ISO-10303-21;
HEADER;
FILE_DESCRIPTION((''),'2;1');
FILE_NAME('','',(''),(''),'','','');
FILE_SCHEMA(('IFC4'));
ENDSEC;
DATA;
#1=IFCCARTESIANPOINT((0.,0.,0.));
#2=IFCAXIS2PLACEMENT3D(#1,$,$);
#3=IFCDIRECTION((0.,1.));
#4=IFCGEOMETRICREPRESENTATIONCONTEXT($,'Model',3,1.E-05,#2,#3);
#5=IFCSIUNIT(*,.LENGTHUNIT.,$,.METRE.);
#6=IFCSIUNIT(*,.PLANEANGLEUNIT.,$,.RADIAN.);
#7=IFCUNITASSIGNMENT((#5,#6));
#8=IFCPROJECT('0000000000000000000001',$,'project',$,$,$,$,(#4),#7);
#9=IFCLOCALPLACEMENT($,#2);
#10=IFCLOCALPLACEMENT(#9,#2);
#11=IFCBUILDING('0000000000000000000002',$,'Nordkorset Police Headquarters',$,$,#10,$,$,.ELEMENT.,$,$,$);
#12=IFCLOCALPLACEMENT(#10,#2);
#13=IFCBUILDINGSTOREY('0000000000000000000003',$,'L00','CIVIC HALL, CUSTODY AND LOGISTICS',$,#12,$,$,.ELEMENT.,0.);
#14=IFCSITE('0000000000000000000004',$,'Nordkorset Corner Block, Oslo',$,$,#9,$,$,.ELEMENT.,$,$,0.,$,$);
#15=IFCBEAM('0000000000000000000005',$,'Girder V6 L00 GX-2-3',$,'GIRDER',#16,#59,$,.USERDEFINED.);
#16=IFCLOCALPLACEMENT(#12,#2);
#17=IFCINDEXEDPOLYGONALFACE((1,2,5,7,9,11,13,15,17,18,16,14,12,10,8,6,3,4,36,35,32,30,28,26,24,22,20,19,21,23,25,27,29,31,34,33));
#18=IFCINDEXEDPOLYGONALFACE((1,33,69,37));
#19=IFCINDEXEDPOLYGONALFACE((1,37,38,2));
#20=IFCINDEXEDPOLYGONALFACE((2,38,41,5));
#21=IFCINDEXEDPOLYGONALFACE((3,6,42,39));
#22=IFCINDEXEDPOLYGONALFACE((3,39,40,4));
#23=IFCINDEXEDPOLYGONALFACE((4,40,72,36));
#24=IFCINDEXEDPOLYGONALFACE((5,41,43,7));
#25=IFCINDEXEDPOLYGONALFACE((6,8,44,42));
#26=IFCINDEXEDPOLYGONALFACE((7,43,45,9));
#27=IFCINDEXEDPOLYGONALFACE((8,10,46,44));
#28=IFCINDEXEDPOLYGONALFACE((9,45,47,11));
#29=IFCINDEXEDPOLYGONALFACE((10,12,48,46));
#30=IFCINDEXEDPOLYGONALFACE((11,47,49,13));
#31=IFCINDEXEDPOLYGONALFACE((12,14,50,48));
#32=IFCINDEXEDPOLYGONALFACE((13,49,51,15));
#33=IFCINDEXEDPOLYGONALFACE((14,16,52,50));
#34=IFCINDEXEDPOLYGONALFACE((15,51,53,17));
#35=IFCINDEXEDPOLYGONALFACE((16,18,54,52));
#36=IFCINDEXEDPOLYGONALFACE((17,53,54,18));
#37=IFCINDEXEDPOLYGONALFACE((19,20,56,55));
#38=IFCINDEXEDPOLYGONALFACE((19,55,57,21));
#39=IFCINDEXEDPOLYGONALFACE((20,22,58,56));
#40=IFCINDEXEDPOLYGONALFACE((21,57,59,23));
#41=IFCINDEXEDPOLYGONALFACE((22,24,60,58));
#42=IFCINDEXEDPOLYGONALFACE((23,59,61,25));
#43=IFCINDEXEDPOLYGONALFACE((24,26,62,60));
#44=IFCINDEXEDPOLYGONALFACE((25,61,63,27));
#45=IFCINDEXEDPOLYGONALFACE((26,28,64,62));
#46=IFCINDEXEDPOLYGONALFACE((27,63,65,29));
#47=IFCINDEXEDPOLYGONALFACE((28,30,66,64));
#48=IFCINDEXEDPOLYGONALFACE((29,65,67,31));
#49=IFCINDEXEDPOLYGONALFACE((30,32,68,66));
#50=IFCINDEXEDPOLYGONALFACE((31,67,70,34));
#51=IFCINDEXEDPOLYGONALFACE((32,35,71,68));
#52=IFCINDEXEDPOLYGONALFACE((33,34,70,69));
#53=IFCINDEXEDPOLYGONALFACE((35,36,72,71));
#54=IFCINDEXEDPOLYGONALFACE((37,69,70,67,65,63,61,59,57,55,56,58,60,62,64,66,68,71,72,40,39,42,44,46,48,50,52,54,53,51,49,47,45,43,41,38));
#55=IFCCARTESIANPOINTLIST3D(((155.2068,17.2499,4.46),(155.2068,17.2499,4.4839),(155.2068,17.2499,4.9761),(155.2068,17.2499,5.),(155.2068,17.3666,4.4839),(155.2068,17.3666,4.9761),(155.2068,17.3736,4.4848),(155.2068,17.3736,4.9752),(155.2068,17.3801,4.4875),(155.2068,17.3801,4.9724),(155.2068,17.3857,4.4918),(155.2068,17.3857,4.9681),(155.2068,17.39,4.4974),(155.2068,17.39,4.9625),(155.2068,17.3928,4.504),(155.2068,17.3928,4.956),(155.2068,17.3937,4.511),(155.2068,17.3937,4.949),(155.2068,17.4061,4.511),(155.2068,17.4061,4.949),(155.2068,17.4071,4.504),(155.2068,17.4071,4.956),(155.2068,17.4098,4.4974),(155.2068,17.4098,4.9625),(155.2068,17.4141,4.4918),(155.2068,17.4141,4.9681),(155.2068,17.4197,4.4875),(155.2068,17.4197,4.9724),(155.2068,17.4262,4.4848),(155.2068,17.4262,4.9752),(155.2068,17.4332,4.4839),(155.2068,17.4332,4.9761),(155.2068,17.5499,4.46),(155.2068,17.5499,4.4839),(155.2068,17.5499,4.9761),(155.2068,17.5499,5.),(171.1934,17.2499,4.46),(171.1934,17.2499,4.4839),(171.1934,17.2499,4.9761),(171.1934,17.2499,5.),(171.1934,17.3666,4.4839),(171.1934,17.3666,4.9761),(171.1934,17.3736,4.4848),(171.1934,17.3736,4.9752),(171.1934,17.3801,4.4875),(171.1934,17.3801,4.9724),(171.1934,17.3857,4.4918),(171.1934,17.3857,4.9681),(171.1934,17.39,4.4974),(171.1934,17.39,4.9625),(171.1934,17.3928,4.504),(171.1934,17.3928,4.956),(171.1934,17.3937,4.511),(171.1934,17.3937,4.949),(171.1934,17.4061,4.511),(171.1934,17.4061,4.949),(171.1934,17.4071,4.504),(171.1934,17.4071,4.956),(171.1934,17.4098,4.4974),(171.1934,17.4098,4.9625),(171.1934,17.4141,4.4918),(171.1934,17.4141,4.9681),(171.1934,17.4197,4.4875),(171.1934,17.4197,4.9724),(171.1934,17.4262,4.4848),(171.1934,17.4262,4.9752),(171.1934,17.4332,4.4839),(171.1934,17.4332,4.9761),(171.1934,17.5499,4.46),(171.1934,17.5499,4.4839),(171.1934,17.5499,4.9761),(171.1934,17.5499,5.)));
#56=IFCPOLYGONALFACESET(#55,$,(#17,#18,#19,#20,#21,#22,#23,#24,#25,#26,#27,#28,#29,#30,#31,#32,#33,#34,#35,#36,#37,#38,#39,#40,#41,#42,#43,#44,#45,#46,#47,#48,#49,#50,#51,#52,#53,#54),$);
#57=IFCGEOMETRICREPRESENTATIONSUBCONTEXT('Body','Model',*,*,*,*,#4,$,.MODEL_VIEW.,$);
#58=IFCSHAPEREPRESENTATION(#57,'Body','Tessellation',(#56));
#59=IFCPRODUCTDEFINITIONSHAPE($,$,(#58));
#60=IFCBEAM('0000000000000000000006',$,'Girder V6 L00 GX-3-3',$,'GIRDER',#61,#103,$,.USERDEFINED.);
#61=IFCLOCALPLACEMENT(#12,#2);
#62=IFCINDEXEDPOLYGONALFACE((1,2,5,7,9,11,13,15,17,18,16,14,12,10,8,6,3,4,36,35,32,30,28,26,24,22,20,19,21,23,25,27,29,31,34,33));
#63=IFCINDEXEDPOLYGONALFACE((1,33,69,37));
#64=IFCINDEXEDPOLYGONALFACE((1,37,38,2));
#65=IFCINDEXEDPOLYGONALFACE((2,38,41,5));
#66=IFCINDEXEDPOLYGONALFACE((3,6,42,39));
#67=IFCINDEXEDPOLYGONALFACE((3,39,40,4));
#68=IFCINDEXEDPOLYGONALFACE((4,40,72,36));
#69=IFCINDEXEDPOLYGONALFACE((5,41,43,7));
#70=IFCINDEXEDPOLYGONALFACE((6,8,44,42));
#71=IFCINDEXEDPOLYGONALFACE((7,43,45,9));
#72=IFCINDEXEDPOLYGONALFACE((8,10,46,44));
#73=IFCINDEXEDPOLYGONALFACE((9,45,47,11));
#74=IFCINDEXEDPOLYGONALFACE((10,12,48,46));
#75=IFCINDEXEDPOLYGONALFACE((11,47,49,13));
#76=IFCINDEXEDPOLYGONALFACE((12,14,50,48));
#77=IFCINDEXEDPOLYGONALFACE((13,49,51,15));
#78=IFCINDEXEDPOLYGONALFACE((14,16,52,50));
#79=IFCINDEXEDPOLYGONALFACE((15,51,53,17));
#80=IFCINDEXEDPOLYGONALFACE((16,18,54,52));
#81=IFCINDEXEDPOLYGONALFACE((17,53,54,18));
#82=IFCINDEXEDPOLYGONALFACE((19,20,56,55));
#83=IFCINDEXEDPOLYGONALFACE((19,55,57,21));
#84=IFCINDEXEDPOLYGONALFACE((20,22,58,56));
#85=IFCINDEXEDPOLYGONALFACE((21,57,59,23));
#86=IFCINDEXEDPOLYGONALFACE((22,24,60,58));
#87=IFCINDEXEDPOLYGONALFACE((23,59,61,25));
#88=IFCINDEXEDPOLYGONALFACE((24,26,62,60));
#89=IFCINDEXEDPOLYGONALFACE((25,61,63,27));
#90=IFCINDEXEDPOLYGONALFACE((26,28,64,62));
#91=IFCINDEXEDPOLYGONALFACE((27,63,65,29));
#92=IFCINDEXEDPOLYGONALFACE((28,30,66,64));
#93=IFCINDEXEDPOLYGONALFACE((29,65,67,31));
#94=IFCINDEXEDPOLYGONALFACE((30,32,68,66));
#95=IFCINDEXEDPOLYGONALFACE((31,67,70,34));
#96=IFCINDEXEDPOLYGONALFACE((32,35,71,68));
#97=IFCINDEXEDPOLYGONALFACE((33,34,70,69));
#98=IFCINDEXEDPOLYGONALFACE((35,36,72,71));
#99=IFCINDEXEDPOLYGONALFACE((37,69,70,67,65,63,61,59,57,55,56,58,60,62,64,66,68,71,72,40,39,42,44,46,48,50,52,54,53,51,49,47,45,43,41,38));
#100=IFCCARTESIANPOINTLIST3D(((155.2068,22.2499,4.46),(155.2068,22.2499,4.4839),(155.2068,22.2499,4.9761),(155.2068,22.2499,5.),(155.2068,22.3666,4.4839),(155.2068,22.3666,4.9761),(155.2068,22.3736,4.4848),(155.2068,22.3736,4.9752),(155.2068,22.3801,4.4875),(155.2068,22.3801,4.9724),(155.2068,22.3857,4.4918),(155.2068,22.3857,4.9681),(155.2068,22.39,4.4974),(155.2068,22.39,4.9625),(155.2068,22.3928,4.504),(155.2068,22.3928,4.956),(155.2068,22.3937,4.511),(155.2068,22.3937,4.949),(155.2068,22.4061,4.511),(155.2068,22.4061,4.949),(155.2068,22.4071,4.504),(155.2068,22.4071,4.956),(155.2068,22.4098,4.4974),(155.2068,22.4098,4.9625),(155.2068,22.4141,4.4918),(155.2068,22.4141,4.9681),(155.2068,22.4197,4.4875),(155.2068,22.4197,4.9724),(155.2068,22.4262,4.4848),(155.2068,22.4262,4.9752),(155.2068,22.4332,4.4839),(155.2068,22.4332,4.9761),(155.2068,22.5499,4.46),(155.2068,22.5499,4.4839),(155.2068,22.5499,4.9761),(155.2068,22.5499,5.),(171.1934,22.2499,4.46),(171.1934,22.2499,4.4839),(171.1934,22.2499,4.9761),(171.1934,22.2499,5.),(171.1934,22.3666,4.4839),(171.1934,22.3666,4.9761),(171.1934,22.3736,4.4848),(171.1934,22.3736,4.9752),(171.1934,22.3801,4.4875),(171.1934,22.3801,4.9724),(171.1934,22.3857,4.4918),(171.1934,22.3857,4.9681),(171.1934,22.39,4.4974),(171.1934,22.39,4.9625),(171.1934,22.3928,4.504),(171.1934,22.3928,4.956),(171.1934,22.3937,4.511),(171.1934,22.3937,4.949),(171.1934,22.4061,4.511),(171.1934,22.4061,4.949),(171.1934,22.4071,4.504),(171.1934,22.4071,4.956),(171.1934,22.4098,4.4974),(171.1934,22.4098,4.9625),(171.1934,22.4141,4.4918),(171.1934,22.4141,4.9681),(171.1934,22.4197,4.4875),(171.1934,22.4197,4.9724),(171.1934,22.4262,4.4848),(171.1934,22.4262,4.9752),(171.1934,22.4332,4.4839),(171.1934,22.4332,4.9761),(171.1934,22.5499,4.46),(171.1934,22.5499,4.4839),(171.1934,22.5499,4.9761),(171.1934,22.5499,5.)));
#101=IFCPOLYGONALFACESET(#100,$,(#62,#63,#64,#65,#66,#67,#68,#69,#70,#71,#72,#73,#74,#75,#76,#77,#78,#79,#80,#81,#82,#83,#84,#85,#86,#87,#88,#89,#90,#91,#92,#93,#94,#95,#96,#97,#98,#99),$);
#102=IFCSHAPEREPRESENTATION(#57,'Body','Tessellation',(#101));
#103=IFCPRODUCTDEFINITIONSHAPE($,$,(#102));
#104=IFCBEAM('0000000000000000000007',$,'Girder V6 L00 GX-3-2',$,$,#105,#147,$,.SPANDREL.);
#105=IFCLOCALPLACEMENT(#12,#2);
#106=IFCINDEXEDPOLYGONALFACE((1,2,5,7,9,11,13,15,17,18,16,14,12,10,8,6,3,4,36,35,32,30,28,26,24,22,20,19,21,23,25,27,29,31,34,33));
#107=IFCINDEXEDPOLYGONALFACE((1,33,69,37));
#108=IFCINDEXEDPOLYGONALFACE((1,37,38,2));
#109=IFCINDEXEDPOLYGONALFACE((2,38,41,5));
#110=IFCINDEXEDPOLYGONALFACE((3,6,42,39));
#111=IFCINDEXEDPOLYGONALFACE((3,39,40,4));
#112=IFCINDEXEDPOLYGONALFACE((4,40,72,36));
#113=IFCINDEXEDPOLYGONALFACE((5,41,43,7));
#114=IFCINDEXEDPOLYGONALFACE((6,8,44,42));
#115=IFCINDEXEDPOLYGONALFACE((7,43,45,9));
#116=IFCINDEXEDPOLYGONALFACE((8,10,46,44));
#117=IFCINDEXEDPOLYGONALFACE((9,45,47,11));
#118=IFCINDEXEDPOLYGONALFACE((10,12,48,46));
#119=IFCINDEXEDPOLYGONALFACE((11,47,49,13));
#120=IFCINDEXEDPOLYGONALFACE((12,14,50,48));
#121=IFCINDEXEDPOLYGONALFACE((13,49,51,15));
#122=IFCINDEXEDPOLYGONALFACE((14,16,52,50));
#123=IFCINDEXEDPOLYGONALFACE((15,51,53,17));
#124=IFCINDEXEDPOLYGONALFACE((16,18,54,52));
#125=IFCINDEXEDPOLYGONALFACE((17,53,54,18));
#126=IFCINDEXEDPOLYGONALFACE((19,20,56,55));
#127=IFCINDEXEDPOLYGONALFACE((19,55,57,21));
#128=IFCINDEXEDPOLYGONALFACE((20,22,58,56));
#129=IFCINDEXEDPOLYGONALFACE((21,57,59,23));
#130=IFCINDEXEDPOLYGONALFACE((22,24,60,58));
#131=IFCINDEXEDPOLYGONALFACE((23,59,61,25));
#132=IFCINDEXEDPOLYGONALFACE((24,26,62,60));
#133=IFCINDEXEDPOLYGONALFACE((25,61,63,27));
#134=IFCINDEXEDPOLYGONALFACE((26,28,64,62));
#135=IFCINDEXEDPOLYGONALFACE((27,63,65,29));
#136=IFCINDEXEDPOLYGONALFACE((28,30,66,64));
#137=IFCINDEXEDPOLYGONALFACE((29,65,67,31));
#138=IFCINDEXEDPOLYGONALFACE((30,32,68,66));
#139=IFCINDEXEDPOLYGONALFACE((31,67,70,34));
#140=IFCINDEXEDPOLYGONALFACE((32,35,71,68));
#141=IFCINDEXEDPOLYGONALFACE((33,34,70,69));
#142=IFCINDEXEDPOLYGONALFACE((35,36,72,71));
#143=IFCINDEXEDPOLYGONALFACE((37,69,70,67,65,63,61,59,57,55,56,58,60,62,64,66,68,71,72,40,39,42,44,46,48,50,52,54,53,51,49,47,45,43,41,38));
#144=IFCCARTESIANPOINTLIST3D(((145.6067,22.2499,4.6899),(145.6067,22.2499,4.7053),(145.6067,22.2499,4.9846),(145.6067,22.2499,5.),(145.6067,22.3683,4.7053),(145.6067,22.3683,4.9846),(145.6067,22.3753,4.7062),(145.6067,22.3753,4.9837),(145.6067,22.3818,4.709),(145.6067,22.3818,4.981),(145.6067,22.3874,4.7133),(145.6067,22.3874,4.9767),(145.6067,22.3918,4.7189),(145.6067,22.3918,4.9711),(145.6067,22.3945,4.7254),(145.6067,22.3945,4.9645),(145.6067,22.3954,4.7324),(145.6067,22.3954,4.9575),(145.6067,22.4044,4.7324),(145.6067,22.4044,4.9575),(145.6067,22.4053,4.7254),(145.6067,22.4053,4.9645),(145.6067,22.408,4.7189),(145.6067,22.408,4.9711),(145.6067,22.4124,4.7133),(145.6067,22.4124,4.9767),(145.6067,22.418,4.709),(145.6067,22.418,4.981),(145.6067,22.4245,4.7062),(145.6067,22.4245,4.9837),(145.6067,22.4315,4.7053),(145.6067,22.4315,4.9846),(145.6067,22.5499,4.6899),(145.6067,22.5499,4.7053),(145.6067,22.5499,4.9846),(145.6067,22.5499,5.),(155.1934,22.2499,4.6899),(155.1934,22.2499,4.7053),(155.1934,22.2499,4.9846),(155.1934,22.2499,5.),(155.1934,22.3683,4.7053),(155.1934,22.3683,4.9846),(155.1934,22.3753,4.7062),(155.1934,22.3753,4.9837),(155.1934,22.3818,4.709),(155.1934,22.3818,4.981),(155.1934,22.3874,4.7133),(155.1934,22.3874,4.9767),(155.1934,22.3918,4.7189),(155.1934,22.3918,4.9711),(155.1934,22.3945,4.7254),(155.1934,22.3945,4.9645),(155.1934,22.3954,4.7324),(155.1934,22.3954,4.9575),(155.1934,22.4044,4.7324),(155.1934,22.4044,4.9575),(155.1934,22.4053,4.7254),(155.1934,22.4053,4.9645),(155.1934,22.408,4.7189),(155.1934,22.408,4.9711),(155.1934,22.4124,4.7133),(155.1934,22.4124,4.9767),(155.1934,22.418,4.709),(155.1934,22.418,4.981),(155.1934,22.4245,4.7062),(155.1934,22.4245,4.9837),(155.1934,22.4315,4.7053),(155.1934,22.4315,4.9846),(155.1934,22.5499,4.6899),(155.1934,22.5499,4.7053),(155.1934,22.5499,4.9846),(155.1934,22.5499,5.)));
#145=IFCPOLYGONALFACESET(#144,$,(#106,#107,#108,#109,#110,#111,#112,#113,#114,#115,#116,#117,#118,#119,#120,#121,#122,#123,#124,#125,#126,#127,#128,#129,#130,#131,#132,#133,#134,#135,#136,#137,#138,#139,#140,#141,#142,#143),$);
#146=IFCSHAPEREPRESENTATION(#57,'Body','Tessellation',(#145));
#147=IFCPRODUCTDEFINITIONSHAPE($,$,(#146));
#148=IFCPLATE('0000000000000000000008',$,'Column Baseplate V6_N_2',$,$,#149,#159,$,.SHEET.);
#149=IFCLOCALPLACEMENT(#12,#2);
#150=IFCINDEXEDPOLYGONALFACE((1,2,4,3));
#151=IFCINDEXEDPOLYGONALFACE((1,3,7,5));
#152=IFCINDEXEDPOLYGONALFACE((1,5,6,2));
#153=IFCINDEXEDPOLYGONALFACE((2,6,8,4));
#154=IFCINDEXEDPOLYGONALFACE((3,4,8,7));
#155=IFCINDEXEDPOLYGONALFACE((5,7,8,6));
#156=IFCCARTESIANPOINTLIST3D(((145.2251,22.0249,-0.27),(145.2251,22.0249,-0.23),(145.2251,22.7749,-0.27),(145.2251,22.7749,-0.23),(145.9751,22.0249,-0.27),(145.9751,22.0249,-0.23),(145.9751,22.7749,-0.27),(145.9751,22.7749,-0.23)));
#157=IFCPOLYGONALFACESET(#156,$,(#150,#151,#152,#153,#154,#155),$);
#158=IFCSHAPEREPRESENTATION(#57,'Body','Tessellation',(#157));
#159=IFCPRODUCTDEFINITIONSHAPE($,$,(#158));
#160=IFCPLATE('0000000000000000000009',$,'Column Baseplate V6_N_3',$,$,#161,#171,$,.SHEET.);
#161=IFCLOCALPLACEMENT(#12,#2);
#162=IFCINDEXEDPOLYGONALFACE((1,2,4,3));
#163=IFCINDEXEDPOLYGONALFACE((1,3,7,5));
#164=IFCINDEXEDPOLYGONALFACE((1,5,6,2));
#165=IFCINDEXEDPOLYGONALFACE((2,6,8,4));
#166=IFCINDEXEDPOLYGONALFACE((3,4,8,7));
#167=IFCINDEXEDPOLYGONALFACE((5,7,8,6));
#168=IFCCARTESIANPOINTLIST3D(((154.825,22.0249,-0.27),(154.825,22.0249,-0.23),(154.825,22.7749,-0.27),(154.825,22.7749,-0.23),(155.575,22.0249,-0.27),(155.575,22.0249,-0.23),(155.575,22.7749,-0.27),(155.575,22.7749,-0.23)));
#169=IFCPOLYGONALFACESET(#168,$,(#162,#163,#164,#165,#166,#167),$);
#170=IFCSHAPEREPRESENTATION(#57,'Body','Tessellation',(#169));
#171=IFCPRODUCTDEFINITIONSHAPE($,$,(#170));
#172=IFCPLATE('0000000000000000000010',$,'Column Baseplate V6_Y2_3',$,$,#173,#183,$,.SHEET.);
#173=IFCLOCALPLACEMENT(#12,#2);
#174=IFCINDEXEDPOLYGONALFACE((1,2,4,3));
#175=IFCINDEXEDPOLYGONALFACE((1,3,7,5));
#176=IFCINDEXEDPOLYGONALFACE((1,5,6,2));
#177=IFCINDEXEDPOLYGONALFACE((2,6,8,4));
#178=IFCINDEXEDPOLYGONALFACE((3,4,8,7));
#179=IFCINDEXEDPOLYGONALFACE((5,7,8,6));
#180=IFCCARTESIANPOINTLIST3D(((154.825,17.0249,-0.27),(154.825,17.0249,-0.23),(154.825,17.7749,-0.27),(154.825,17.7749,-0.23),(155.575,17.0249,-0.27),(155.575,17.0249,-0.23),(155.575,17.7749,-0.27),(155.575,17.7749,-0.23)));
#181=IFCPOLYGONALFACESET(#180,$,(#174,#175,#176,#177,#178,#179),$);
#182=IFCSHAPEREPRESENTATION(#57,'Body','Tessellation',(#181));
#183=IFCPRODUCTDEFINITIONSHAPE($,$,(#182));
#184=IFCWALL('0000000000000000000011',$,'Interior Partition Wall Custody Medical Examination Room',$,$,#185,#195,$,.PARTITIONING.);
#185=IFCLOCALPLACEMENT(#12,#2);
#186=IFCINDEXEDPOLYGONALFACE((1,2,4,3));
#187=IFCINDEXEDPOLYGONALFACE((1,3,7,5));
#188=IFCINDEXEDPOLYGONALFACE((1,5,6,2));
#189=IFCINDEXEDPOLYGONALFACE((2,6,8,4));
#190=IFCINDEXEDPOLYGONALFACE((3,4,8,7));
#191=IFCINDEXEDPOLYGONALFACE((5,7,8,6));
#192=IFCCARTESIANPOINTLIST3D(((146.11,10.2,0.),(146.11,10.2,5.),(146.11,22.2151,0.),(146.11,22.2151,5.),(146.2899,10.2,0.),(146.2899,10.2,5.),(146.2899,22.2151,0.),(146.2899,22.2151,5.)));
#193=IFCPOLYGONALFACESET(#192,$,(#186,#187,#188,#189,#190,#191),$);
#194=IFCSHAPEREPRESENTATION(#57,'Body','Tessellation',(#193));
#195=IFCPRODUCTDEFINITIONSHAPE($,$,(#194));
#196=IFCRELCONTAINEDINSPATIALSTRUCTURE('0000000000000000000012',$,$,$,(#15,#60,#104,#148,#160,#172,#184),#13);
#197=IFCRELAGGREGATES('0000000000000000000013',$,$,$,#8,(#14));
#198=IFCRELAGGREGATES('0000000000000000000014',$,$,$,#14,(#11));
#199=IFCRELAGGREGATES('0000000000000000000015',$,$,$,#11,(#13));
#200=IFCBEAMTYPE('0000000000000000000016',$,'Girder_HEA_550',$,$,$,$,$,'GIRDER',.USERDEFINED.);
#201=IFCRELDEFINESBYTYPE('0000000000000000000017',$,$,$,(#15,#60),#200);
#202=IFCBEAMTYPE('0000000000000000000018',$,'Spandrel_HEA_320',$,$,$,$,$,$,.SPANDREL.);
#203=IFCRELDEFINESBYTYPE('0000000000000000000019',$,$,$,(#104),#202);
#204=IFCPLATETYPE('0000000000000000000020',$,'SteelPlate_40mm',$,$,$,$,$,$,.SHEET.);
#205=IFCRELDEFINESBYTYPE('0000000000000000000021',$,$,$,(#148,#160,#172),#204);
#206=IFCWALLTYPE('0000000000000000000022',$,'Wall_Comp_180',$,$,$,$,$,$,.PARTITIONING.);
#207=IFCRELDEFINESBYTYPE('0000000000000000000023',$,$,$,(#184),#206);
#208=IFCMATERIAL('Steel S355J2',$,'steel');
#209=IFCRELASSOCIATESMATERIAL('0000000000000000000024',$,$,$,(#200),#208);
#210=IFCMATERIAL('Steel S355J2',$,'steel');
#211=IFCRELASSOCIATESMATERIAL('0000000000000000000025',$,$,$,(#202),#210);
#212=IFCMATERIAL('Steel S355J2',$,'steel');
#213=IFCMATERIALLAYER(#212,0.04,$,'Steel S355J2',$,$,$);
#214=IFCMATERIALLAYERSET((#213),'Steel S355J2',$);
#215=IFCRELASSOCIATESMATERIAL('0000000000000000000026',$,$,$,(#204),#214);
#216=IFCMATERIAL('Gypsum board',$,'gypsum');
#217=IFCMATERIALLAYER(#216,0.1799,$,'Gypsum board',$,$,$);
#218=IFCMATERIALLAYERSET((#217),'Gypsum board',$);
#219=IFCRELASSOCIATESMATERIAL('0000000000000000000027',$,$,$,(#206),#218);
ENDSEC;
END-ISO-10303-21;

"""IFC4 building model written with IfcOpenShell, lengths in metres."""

from ifc_helpers import new_model, si_unit, direction, frame, frame_2d, origin, origin_2d, place, context, subcontext, project, spatial, rectangle, i_section, extrude, material, layer, layer_set, material_profile, profile_set, type_object, element, save


model = new_model("IFC4")

# Units and contexts
model_context = context("Model", 3, precision=1e-05, world=origin(), true_north=direction((0.0, 1.0)))
body_context = subcontext(model_context, "Body", "Model", "MODEL_VIEW")
ifc_project = project(units=[si_unit("LENGTHUNIT", "METRE"), si_unit("PLANEANGLEUNIT", "RADIAN")], contexts=[model_context])

# Site, building, storey
site_placement = place(None, origin())
site = spatial("IfcSite", under=ifc_project, at=site_placement, Name="Nordkorset Corner Block, Oslo", CompositionType="ELEMENT", RefElevation=0.0)
building_placement = place(site_placement, origin())
building = spatial("IfcBuilding", under=site, at=building_placement, Name="Nordkorset Police Headquarters", CompositionType="ELEMENT")
storey_placement = place(building_placement, origin())
storey = spatial("IfcBuildingStorey", under=building, at=storey_placement, Name="L00", Description="CIVIC HALL, CUSTODY AND LOGISTICS", CompositionType="ELEMENT", Elevation=0.0)

# Beams
ifc_material_1 = material(Name="Steel S355J2", Category="steel")
ifc_material_profile_1 = material_profile(ifc_material_1, i_section(OverallWidth=0.3, OverallDepth=0.54, WebThickness=0.0125, FlangeThickness=0.0239, FilletRadius=0.0271, at=origin_2d()), Name="HEA 550")
ifc_profile_set_1 = profile_set([ifc_material_profile_1], Name="Steel S355J2")
beam_type_1 = type_object("IfcBeamType", Name="Girder_HEA_550", ElementType="GIRDER", PredefinedType="USERDEFINED", material=ifc_profile_set_1)
for number, where, z_axis, x_axis, name in (
    (1, (155.2068, 17.3999, 4.73), (1.0, 0.0, 0.0), (0.0, 1.0, 0.0), "Girder V6 L00 GX-2-3"),
    (2, (155.2068, 22.3999, 4.73), (1.0, 0.0, 0.0), (0.0, 1.0, 0.0), "Girder V6 L00 GX-3-3"),
):
    element("IfcBeam", number, at=place(storey_placement, frame(where, z_axis=z_axis, x_axis=x_axis)), inside=storey, type_object=beam_type_1, Name=name, ObjectType="GIRDER", PredefinedType="USERDEFINED", context=body_context, shape_type="SweptSolid", body=[
        extrude(i_section(OverallWidth=0.3, OverallDepth=0.54, WebThickness=0.0125, FlangeThickness=0.0239, FilletRadius=0.0271, at=origin_2d()), origin(), (0.0, 0.0, 1.0), 15.9866),
    ])
ifc_material_2 = material(Name="Steel S355J2", Category="steel")
ifc_material_profile_2 = material_profile(ifc_material_2, i_section(OverallWidth=0.3, OverallDepth=0.3101, WebThickness=0.009, FlangeThickness=0.0154, FilletRadius=0.0271, at=origin_2d()), Name="HEA 320")
ifc_profile_set_2 = profile_set([ifc_material_profile_2], Name="Steel S355J2")
beam_type_2 = type_object("IfcBeamType", Name="Spandrel_HEA_320", PredefinedType="SPANDREL", material=ifc_profile_set_2)
beam_1_placement = place(storey_placement, frame((145.6067, 22.3999, 4.845), z_axis=(1.0, 0.0, 0.0), x_axis=(0.0, 1.0, 0.0)))
element("IfcBeam", 3, at=beam_1_placement, inside=storey, type_object=beam_type_2, Name="Girder V6 L00 GX-3-2", PredefinedType="SPANDREL", context=body_context, shape_type="SweptSolid", body=[
    extrude(i_section(OverallWidth=0.3, OverallDepth=0.3101, WebThickness=0.009, FlangeThickness=0.0154, FilletRadius=0.0271, at=origin_2d()), origin(), (0.0, 0.0, 1.0), 9.5867),
])

# Plates
ifc_material_3 = material(Name="Steel S355J2", Category="steel")
ifc_layer_1 = layer(ifc_material_3, 0.04, Name="Steel S355J2")
ifc_layer_set_1 = layer_set([ifc_layer_1], Name="Steel S355J2")
plate_type = type_object("IfcPlateType", Name="SteelPlate_40mm", PredefinedType="SHEET", material=ifc_layer_set_1)
for number, where, z_axis, x_axis, name in (
    (4, (145.6001, 22.3999, -0.27), (0.0, 0.0, 1.0), (1.0, 0.0, 0.0), "Column Baseplate V6_N_2"),
    (5, (155.2, 22.3999, -0.27), (0.0, 0.0, 1.0), (1.0, 0.0, 0.0), "Column Baseplate V6_N_3"),
    (6, (155.2, 17.3999, -0.27), (0.0, 0.0, 1.0), (1.0, 0.0, 0.0), "Column Baseplate V6_Y2_3"),
):
    element("IfcPlate", number, at=place(storey_placement, frame(where, z_axis=z_axis, x_axis=x_axis)), inside=storey, type_object=plate_type, Name=name, PredefinedType="SHEET", context=body_context, shape_type="SweptSolid", body=[
        extrude(rectangle(XDim=0.75, YDim=0.75, at=origin_2d()), origin(), (0.0, 0.0, 1.0), 0.04),
    ])

# Wall
ifc_material_4 = material(Name="Gypsum board", Category="gypsum")
ifc_layer_2 = layer(ifc_material_4, 0.1799, Name="Gypsum board")
ifc_layer_set_2 = layer_set([ifc_layer_2], Name="Gypsum board")
wall_type_1 = type_object("IfcWallType", Name="Wall_Comp_180", PredefinedType="PARTITIONING", material=ifc_layer_set_2)
wall_1_placement = place(storey_placement, frame((146.2, 22.2151, 0.0), z_axis=(0.0, 0.0, 1.0), x_axis=(0.0, -1.0, 0.0)))
element("IfcWall", 7, at=wall_1_placement, inside=storey, type_object=wall_type_1, Name="Interior Partition Wall Custody Medical Examination Room", PredefinedType="PARTITIONING", context=body_context, shape_type="SweptSolid", body=[
    extrude(rectangle(XDim=12.0151, YDim=0.1799, at=frame_2d((6.0076, 0.0))), origin(), (0.0, 0.0, 1.0), 5.0),
])

save(model, "model.ifc")
